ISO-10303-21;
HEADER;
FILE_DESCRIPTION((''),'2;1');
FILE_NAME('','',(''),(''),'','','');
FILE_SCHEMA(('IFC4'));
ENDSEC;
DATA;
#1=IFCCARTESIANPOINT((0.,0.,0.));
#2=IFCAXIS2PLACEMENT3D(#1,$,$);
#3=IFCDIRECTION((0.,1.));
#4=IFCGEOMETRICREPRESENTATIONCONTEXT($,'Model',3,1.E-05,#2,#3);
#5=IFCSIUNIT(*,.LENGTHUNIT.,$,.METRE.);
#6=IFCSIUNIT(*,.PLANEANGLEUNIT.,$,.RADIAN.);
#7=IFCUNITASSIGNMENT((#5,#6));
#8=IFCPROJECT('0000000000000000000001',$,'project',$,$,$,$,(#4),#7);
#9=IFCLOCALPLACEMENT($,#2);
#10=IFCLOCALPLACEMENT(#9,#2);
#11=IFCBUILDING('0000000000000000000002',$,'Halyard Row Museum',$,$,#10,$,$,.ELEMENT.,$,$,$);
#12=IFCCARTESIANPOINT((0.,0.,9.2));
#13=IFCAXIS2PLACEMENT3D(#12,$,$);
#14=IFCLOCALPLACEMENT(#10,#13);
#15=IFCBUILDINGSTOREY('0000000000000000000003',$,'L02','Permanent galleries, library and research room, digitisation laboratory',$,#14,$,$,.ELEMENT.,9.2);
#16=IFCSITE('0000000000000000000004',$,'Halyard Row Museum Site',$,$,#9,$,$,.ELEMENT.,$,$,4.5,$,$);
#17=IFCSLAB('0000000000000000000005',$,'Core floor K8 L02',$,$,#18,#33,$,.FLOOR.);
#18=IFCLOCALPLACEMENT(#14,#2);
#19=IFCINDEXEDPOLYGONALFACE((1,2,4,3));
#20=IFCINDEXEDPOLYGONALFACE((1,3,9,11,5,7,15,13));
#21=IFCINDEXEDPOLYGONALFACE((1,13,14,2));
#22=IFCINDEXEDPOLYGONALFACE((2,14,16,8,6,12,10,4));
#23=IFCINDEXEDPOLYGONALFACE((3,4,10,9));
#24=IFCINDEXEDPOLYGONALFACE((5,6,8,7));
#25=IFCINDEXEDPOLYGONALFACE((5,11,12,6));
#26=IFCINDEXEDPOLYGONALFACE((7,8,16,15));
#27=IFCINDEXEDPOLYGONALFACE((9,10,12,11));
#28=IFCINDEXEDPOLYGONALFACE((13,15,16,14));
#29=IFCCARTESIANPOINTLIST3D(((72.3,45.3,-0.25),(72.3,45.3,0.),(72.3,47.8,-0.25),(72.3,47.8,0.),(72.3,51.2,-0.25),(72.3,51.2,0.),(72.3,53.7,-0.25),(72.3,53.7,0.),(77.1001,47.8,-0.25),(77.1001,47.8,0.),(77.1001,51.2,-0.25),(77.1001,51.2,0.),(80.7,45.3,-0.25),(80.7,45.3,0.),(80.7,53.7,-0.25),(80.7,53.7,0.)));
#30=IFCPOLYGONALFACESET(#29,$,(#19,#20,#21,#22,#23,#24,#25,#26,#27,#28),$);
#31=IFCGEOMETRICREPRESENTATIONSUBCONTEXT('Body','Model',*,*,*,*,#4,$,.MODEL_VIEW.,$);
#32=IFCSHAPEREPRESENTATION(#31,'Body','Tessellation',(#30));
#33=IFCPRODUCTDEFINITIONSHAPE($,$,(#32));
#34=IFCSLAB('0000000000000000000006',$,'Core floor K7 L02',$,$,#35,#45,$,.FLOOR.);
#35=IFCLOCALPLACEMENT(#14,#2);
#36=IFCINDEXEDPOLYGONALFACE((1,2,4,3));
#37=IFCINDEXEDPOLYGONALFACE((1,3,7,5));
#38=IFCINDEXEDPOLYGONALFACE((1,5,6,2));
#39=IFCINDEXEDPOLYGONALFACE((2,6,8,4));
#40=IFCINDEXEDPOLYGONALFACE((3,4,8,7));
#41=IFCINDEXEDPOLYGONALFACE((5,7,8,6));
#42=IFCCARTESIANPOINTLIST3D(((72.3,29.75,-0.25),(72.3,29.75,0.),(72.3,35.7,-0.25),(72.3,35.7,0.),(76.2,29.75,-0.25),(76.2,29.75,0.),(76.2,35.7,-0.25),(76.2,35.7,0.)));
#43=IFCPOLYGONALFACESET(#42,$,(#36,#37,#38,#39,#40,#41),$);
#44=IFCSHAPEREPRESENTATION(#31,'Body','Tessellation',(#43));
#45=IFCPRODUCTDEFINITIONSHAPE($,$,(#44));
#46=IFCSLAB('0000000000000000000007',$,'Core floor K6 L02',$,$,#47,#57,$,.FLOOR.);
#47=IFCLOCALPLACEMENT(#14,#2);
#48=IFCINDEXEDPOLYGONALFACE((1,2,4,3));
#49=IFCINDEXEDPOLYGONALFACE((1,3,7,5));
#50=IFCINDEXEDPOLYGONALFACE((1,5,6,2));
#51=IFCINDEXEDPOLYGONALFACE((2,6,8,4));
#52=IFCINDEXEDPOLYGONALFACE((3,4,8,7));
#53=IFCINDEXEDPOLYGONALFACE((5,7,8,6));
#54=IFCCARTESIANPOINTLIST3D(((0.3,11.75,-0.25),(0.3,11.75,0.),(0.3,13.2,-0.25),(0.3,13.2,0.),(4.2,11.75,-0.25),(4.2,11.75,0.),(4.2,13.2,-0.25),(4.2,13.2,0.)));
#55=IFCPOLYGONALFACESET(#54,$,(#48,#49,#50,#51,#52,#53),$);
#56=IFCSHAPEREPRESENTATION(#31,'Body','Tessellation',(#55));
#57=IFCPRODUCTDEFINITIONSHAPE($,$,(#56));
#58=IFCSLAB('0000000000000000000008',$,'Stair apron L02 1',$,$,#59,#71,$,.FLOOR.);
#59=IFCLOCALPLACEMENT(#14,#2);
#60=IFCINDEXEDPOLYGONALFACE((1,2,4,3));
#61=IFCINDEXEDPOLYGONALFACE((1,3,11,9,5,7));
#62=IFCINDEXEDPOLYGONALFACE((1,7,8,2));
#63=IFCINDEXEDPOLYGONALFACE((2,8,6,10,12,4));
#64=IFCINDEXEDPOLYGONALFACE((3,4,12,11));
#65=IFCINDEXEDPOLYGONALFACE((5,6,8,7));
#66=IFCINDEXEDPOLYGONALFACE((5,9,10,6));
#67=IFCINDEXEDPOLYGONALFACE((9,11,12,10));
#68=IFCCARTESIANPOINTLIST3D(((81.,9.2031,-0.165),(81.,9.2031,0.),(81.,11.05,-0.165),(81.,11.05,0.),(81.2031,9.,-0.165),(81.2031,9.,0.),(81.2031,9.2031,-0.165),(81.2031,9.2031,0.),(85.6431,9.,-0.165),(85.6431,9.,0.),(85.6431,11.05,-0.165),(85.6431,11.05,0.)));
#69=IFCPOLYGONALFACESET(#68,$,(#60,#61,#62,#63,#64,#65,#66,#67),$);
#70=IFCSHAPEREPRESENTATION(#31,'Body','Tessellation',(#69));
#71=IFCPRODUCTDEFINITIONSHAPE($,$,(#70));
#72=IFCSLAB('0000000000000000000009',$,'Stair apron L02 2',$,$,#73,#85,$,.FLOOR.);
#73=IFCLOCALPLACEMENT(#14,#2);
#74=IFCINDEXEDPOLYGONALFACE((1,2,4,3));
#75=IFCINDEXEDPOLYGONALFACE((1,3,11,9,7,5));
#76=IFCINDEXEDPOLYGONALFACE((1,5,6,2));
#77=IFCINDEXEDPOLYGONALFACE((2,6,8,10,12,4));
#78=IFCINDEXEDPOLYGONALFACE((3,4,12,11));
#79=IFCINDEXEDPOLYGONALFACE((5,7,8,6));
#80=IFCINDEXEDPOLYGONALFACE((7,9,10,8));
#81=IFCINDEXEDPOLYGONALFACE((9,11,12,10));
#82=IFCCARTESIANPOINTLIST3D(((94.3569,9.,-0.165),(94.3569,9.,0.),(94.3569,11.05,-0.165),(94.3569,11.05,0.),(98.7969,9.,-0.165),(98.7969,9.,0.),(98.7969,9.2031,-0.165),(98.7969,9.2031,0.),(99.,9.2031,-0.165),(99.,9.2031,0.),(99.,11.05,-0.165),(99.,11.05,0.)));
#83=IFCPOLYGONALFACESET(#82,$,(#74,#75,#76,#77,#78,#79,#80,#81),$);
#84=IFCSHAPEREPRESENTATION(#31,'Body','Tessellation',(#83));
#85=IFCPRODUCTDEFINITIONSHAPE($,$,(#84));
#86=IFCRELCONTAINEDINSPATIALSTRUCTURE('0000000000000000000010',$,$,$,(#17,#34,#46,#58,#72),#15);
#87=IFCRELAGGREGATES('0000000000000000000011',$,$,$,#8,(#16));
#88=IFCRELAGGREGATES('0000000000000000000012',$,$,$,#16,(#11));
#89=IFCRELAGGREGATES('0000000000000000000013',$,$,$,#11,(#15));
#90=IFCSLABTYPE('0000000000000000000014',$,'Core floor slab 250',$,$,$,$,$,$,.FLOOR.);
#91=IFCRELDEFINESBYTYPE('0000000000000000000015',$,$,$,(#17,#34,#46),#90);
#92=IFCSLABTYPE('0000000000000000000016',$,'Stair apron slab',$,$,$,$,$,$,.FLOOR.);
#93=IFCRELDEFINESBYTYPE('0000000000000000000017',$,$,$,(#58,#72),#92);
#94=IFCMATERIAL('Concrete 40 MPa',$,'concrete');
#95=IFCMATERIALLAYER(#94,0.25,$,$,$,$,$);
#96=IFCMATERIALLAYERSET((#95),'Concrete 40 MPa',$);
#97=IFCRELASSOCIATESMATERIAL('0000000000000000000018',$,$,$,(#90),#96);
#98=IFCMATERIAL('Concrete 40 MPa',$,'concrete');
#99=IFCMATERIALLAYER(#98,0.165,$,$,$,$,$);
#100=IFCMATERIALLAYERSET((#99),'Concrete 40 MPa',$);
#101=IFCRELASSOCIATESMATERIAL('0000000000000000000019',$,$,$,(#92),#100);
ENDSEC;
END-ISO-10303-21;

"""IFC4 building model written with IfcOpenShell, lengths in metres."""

from ifc_helpers import new_model, si_unit, direction, frame, origin, place, context, subcontext, project, spatial, polyline, outline, extrude, material, layer, layer_set, type_object, element, save


model = new_model("IFC4")

# Units and contexts
model_context = context("Model", 3, precision=1e-05, world=origin(), true_north=direction((0.0, 1.0)))
body_context = subcontext(model_context, "Body", "Model", "MODEL_VIEW")
ifc_project = project(units=[si_unit("LENGTHUNIT", "METRE"), si_unit("PLANEANGLEUNIT", "RADIAN")], contexts=[model_context])

# Site, building, storey
site_placement = place(None, origin())
site = spatial("IfcSite", under=ifc_project, at=site_placement, Name="Halyard Row Museum Site", CompositionType="ELEMENT", RefElevation=4.5)
building_placement = place(site_placement, origin())
building = spatial("IfcBuilding", under=site, at=building_placement, Name="Halyard Row Museum", CompositionType="ELEMENT")
storey_placement = place(building_placement, frame((0.0, 0.0, 9.2)))
storey = spatial("IfcBuildingStorey", under=building, at=storey_placement, Name="L02", Description="Permanent galleries, library and research room, digitisation laboratory", CompositionType="ELEMENT", Elevation=9.2)

# Slabs
ifc_material_1 = material(Name="Concrete 40 MPa", Category="concrete")
ifc_layer_1 = layer(ifc_material_1, 0.25)
ifc_layer_set_1 = layer_set([ifc_layer_1], Name="Concrete 40 MPa")
slab_type_1 = type_object("IfcSlabType", Name="Core floor slab 250", PredefinedType="FLOOR", material=ifc_layer_set_1)
slab_1_placement = place(storey_placement, frame((0.0, 0.0, -0.25)))
element("IfcSlab", 1, at=slab_1_placement, inside=storey, type_object=slab_type_1, Name="Core floor K8 L02", PredefinedType="FLOOR", context=body_context, shape_type="SweptSolid", body=[
    extrude(outline(polyline([(80.7, 53.7), (72.3, 53.7), (72.3, 51.2), (77.1001, 51.2), (77.1001, 47.8), (72.3, 47.8), (72.3, 45.3), (80.7, 45.3), (80.7, 53.7)])), origin(), (0.0, 0.0, 1.0), 0.25),
])
slab_2_placement = place(storey_placement, frame((0.0, 0.0, -0.25)))
element("IfcSlab", 2, at=slab_2_placement, inside=storey, type_object=slab_type_1, Name="Core floor K7 L02", PredefinedType="FLOOR", context=body_context, shape_type="SweptSolid", body=[
    extrude(outline(polyline([(76.2, 35.7), (72.3, 35.7), (72.3, 29.75), (76.2, 29.75), (76.2, 35.7)])), origin(), (0.0, 0.0, 1.0), 0.25),
])
slab_3_placement = place(storey_placement, frame((0.0, 0.0, -0.25)))
element("IfcSlab", 3, at=slab_3_placement, inside=storey, type_object=slab_type_1, Name="Core floor K6 L02", PredefinedType="FLOOR", context=body_context, shape_type="SweptSolid", body=[
    extrude(outline(polyline([(4.2, 13.2), (0.3, 13.2), (0.3, 11.75), (4.2, 11.75), (4.2, 13.2)])), origin(), (0.0, 0.0, 1.0), 0.25),
])
ifc_material_2 = material(Name="Concrete 40 MPa", Category="concrete")
ifc_layer_2 = layer(ifc_material_2, 0.165)
ifc_layer_set_2 = layer_set([ifc_layer_2], Name="Concrete 40 MPa")
slab_type_2 = type_object("IfcSlabType", Name="Stair apron slab", PredefinedType="FLOOR", material=ifc_layer_set_2)
slab_4_placement = place(storey_placement, frame((0.0, 0.0, -0.165)))
element("IfcSlab", 4, at=slab_4_placement, inside=storey, type_object=slab_type_2, Name="Stair apron L02 1", PredefinedType="FLOOR", context=body_context, shape_type="SweptSolid", body=[
    extrude(outline(polyline([(81.0, 11.05), (85.6431, 11.05), (85.6431, 9.0), (81.2031, 9.0), (81.2031, 9.2031), (81.0, 9.2031), (81.0, 11.05)])), origin(), (0.0, 0.0, 1.0), 0.165),
])
slab_5_placement = place(storey_placement, frame((0.0, 0.0, -0.165)))
element("IfcSlab", 5, at=slab_5_placement, inside=storey, type_object=slab_type_2, Name="Stair apron L02 2", PredefinedType="FLOOR", context=body_context, shape_type="SweptSolid", body=[
    extrude(outline(polyline([(94.3569, 9.0), (94.3569, 11.05), (99.0, 11.05), (99.0, 9.2031), (98.7969, 9.2031), (98.7969, 9.0), (94.3569, 9.0)])), origin(), (0.0, 0.0, 1.0), 0.165),
])

save(model, "model.ifc")
